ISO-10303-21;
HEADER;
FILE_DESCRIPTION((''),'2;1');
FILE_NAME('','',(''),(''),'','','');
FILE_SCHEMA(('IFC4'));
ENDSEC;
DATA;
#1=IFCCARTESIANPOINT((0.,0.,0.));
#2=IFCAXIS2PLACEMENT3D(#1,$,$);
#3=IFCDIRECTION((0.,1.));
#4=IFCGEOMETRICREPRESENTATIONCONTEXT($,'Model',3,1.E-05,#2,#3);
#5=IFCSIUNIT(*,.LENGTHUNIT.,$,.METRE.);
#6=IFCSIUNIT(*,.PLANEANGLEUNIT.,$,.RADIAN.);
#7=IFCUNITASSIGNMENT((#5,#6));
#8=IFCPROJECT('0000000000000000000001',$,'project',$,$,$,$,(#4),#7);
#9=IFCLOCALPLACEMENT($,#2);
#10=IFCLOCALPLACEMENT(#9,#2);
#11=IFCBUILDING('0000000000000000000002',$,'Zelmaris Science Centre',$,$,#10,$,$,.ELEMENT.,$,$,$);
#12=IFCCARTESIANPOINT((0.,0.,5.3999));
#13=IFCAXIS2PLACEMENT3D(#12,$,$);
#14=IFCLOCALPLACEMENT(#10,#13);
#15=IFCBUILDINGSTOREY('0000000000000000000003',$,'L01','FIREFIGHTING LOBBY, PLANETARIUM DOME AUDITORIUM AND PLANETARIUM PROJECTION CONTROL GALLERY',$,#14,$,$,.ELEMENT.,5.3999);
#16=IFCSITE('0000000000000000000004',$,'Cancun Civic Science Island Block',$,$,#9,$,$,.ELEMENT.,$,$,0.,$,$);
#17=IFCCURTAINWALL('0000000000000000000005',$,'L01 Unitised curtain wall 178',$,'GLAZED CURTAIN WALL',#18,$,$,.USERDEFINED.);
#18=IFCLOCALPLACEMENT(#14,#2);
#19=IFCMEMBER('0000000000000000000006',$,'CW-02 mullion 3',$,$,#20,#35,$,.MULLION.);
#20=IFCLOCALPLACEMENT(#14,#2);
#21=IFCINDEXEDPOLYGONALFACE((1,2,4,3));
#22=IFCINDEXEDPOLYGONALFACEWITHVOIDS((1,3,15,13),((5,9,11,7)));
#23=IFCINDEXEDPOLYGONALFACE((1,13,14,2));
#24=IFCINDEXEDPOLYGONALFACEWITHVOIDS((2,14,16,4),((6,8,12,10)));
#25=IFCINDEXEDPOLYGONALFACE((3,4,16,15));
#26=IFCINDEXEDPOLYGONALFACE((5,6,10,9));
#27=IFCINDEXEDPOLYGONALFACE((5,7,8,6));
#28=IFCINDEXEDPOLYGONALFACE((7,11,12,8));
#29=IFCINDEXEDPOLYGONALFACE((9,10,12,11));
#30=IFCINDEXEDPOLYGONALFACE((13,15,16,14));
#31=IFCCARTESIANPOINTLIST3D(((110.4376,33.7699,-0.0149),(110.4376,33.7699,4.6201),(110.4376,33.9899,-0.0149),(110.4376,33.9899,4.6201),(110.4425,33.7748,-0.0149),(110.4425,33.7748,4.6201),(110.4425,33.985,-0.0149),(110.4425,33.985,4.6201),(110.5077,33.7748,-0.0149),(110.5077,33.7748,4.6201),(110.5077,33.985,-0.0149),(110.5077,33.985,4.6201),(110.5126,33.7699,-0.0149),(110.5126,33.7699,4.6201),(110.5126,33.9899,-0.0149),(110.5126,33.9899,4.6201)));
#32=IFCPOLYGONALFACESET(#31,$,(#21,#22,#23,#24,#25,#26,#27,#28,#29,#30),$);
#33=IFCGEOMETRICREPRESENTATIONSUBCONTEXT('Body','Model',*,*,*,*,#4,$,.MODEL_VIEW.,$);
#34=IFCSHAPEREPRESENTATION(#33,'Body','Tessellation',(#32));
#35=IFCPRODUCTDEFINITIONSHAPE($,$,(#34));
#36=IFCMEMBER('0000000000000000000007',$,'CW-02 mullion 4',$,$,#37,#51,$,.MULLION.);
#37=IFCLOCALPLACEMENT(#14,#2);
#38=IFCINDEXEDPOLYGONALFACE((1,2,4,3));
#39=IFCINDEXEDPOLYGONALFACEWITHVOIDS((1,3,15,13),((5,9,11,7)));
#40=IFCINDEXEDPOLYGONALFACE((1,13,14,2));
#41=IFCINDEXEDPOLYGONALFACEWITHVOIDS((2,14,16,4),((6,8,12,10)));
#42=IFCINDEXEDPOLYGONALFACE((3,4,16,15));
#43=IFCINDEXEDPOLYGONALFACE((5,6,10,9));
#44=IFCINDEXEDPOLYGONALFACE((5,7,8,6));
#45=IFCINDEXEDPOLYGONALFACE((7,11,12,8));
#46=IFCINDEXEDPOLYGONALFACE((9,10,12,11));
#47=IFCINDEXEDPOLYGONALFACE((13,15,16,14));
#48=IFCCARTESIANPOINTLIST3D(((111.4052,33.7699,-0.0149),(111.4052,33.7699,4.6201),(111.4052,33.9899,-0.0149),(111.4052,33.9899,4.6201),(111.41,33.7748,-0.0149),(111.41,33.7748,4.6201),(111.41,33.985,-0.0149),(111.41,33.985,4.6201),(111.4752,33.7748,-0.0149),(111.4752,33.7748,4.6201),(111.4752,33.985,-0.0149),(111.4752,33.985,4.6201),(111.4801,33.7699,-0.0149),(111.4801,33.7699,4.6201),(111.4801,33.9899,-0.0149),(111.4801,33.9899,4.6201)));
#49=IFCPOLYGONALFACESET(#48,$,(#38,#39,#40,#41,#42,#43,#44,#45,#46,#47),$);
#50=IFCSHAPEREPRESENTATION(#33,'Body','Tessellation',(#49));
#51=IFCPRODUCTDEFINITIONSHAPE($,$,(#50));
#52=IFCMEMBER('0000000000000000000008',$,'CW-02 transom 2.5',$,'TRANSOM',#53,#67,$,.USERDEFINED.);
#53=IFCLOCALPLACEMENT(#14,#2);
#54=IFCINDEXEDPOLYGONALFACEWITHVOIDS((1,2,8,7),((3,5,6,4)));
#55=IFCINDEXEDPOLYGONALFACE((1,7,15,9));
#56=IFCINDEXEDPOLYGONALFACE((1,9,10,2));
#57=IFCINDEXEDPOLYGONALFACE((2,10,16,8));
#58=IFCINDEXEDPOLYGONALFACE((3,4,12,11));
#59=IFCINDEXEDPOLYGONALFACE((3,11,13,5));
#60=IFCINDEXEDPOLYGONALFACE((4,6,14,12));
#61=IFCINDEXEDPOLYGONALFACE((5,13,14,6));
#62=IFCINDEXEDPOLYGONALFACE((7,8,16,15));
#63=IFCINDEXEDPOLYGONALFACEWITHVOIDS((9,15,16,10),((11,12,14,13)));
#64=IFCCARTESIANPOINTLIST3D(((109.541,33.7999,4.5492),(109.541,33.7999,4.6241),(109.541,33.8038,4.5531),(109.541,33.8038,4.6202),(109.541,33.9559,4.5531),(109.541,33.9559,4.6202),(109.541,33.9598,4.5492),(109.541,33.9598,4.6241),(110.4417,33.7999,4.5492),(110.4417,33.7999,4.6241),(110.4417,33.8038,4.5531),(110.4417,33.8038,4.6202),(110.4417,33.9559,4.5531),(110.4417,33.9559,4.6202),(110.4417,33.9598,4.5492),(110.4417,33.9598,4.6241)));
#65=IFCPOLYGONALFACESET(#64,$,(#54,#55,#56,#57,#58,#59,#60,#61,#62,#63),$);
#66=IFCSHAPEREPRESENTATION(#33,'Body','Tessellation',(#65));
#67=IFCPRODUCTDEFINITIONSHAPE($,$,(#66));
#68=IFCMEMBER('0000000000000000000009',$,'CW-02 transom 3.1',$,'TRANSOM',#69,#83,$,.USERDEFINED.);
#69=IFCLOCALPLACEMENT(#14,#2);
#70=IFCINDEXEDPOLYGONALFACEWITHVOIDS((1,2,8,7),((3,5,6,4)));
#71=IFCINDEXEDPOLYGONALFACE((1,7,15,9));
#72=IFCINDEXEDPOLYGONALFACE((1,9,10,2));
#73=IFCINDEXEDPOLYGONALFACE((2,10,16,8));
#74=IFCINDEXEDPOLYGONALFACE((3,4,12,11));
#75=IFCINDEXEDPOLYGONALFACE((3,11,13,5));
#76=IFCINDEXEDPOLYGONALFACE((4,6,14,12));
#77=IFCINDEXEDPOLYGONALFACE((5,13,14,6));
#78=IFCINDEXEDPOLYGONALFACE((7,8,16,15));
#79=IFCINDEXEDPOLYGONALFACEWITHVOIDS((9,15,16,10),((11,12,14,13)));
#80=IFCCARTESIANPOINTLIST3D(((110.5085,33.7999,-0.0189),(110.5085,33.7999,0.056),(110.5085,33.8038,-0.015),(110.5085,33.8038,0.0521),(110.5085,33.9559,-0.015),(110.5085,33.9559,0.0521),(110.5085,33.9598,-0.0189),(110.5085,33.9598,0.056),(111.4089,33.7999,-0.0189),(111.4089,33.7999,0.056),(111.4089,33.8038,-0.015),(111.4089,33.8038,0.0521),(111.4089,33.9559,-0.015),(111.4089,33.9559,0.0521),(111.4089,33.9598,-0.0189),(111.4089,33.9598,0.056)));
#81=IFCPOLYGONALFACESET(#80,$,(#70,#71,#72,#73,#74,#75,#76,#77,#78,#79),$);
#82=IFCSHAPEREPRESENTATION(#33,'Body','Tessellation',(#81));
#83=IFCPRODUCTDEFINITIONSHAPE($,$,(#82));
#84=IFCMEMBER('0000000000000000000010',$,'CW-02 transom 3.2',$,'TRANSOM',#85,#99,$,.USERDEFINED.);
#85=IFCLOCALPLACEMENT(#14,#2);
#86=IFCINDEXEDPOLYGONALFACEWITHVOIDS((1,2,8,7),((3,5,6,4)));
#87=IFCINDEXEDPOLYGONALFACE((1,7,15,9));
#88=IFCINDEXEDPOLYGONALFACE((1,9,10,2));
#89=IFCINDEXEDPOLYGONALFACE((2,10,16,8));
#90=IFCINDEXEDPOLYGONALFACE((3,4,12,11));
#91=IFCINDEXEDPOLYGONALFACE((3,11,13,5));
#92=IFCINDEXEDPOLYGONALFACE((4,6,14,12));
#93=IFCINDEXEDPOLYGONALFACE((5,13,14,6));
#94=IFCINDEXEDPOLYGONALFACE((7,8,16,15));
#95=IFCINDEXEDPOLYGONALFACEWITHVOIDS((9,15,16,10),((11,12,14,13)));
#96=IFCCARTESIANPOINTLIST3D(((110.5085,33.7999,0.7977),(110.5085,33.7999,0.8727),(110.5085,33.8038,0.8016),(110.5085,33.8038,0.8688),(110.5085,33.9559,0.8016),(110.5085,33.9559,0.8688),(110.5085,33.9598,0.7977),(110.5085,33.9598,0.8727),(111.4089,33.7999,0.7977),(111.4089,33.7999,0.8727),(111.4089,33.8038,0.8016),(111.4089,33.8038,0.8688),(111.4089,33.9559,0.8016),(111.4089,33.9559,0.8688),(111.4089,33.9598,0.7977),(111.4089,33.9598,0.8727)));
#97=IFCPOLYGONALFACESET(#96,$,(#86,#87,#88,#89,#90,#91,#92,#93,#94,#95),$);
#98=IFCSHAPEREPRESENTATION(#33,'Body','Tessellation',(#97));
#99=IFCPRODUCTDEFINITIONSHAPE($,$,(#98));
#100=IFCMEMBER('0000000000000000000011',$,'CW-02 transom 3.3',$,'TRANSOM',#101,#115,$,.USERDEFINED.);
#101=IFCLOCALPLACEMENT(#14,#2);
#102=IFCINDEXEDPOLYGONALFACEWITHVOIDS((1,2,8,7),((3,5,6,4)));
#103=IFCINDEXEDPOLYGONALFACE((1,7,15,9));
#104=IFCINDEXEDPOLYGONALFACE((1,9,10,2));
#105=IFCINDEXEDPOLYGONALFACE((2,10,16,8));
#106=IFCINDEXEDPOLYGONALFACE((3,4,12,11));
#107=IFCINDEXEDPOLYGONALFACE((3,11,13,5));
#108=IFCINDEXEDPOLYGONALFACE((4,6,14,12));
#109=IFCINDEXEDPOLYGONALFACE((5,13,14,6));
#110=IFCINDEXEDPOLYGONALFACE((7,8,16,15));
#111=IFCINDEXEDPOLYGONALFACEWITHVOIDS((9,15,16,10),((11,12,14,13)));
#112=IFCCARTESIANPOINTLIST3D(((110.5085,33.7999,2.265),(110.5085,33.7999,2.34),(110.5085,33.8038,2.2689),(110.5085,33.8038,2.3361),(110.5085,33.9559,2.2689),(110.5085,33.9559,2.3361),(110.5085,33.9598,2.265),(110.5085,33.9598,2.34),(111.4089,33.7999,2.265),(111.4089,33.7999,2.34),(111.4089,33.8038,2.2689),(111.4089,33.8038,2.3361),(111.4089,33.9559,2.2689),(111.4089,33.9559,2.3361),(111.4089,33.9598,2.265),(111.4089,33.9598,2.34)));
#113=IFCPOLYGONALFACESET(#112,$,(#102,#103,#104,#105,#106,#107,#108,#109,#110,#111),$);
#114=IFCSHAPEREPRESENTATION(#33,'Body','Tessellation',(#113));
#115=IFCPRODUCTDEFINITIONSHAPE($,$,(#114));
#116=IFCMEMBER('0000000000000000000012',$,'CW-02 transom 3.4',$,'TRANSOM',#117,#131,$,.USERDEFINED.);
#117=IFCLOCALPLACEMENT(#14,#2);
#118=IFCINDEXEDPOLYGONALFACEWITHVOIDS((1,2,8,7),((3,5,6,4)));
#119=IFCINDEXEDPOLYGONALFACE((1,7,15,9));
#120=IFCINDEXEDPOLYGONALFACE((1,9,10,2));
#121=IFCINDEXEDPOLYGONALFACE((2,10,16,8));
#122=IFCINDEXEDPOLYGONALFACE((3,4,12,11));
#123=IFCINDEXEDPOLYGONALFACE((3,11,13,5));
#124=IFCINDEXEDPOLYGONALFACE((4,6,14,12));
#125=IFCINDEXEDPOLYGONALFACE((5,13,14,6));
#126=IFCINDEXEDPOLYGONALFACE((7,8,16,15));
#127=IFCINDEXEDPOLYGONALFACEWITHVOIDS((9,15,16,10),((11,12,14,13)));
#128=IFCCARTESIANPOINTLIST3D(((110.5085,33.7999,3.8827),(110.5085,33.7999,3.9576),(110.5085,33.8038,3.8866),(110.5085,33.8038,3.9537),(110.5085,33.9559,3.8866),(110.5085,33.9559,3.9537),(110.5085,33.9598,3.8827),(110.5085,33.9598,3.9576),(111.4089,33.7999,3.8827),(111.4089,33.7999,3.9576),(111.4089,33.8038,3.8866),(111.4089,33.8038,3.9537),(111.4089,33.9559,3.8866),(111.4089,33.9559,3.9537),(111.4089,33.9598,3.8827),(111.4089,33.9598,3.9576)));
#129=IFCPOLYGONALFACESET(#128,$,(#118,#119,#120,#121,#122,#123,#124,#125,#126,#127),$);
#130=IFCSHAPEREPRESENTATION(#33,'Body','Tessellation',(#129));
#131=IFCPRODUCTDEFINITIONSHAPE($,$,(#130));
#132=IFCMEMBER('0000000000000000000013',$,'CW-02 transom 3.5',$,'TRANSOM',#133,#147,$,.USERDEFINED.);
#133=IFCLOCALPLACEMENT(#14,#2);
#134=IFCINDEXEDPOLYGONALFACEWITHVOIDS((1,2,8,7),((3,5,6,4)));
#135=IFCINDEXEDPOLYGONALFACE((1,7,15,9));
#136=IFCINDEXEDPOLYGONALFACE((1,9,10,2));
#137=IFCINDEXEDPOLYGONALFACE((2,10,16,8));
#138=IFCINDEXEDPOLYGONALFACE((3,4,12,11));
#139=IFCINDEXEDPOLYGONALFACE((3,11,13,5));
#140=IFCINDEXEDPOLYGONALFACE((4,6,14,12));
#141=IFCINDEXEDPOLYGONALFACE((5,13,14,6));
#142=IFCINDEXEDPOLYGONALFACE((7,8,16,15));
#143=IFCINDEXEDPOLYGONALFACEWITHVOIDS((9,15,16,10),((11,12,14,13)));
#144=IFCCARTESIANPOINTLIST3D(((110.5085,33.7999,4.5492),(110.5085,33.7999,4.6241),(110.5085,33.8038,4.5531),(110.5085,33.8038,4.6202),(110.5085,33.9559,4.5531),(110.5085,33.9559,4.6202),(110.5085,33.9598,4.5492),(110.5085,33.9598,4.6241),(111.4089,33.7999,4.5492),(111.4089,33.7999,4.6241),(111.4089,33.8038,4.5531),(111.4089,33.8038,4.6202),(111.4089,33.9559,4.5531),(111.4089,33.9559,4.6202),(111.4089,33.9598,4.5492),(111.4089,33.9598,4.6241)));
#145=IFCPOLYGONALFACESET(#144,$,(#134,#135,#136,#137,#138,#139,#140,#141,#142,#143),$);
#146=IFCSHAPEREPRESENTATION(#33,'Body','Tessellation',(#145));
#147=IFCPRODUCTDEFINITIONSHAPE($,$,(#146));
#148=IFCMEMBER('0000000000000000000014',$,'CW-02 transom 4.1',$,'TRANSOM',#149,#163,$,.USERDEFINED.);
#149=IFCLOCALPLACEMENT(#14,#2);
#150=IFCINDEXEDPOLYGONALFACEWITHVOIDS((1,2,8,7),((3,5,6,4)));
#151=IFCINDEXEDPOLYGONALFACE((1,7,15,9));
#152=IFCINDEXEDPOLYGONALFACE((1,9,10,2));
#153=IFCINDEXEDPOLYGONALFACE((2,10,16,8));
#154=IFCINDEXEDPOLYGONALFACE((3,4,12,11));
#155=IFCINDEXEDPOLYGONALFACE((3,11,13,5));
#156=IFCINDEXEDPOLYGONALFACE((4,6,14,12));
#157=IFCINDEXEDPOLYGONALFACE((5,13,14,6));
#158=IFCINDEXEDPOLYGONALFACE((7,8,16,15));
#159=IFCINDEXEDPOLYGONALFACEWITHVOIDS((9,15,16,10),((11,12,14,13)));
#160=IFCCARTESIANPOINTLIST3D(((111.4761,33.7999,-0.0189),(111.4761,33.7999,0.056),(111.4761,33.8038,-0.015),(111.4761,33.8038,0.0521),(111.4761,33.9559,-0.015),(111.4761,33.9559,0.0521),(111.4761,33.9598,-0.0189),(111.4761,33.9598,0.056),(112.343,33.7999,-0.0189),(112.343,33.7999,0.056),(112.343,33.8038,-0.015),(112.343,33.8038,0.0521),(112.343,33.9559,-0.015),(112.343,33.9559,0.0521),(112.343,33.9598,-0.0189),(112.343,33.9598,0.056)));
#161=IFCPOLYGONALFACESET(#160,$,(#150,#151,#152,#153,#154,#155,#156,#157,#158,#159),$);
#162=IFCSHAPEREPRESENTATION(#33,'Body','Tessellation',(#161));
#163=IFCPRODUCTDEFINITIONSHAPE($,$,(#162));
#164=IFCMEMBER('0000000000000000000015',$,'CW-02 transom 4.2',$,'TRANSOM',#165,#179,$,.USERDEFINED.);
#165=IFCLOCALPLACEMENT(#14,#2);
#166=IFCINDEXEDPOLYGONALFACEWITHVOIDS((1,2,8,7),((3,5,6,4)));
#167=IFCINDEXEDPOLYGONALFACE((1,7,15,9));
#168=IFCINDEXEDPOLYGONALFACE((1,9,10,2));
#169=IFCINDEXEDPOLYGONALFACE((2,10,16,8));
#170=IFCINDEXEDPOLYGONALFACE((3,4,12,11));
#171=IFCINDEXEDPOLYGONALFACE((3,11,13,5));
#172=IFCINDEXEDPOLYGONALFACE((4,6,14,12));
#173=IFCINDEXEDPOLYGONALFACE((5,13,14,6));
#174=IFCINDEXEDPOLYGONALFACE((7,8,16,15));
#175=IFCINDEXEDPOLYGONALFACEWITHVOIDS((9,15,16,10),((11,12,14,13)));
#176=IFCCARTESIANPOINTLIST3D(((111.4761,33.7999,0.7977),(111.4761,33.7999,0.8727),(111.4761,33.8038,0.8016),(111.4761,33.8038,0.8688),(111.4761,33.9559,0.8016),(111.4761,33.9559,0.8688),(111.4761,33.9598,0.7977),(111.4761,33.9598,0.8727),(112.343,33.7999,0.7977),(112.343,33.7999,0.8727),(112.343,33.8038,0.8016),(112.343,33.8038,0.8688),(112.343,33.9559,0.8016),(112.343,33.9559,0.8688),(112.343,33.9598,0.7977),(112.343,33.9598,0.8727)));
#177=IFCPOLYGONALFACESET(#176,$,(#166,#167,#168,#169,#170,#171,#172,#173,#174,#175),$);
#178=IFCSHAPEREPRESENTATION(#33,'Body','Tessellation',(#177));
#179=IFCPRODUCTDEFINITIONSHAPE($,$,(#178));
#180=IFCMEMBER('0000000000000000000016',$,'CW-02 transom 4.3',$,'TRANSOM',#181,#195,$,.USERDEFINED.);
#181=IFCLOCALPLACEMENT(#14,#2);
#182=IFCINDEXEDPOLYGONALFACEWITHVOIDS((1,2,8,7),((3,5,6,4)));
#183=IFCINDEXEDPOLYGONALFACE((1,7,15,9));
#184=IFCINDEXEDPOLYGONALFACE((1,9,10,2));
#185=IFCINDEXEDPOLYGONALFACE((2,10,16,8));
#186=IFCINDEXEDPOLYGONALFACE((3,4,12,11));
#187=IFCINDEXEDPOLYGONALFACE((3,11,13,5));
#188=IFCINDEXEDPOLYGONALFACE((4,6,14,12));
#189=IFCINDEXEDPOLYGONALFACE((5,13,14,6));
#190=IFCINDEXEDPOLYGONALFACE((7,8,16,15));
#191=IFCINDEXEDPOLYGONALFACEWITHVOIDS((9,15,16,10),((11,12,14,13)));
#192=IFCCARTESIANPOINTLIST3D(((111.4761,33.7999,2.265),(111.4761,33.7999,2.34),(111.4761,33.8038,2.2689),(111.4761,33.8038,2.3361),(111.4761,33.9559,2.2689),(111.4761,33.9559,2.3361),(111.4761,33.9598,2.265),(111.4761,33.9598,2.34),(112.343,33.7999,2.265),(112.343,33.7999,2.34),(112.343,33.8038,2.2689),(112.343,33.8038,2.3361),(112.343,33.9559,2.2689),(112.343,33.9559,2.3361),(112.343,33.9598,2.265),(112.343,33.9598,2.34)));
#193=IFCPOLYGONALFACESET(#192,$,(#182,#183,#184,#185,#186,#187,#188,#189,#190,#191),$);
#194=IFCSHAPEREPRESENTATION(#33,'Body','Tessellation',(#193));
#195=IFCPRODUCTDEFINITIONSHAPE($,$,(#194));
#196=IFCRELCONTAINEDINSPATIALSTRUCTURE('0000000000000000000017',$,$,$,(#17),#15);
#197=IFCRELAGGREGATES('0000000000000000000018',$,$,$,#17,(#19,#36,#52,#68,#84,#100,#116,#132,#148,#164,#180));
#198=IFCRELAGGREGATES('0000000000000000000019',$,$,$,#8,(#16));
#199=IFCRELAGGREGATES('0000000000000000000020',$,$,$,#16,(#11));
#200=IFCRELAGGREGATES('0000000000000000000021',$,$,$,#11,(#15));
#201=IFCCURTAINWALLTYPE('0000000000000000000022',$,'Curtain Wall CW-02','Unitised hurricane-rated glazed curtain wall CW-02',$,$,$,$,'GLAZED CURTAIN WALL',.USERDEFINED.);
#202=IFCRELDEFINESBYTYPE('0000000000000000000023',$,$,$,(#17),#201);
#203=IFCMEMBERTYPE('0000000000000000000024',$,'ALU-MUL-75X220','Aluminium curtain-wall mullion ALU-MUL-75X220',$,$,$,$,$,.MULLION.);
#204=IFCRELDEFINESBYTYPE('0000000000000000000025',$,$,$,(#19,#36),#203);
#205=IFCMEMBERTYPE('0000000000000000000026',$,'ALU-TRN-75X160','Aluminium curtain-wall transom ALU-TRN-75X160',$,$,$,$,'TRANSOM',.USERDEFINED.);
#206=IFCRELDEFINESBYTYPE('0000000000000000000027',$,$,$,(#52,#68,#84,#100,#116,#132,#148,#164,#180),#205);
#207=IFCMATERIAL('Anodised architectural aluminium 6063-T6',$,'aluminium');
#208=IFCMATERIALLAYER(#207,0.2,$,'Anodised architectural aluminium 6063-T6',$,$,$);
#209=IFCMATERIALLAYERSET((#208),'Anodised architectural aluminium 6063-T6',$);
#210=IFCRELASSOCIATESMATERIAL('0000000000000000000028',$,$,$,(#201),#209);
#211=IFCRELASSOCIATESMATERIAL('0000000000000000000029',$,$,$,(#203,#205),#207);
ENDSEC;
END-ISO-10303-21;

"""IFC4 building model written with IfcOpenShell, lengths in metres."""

from ifc_helpers import new_model, si_unit, direction, frame, origin, origin_2d, place, context, subcontext, project, spatial, hollow_rectangle, extrude, material, layer, layer_set, material_profile, profile_set, type_object, element, aggregate, save


model = new_model("IFC4")

# Units and contexts
model_context = context("Model", 3, precision=1e-05, world=origin(), true_north=direction((0.0, 1.0)))
body_context = subcontext(model_context, "Body", "Model", "MODEL_VIEW")
ifc_project = project(units=[si_unit("LENGTHUNIT", "METRE"), si_unit("PLANEANGLEUNIT", "RADIAN")], contexts=[model_context])

# Site, building, storey
site_placement = place(None, origin())
site = spatial("IfcSite", under=ifc_project, at=site_placement, Name="Cancun Civic Science Island Block", CompositionType="ELEMENT", RefElevation=0.0)
building_placement = place(site_placement, origin())
building = spatial("IfcBuilding", under=site, at=building_placement, Name="Zelmaris Science Centre", CompositionType="ELEMENT")
storey_placement = place(building_placement, frame((0.0, 0.0, 5.3999)))
storey = spatial("IfcBuildingStorey", under=building, at=storey_placement, Name="L01", Description="FIREFIGHTING LOBBY, PLANETARIUM DOME AUDITORIUM AND PLANETARIUM PROJECTION CONTROL GALLERY", CompositionType="ELEMENT", Elevation=5.3999)

# Curtain wall, members
ifc_material_1 = material(Name="Anodised architectural aluminium 6063-T6", Category="aluminium")
ifc_layer_1 = layer(ifc_material_1, 0.2, Name="Anodised architectural aluminium 6063-T6")
ifc_layer_set_1 = layer_set([ifc_layer_1], Name="Anodised architectural aluminium 6063-T6")
curtain_wall_type = type_object("IfcCurtainWallType", Name="Curtain Wall CW-02", Description="Unitised hurricane-rated glazed curtain wall CW-02", ElementType="GLAZED CURTAIN WALL", PredefinedType="USERDEFINED", material=ifc_layer_set_1)
curtain_wall_placement = place(storey_placement, origin())
curtain_wall = element("IfcCurtainWall", 1, at=curtain_wall_placement, inside=storey, type_object=curtain_wall_type, Name="L01 Unitised curtain wall 178", ObjectType="GLAZED CURTAIN WALL", PredefinedType="USERDEFINED")
ifc_material_profile_1 = material_profile(ifc_material_1, hollow_rectangle(XDim=0.075, YDim=0.22, WallThickness=0.0049, at=origin_2d()), Name="ALU-MUL-75X220")
ifc_profile_set_1 = profile_set([ifc_material_profile_1], Name="Anodised architectural aluminium 6063-T6")
member_type_1 = type_object("IfcMemberType", Name="ALU-MUL-75X220", Description="Aluminium curtain-wall mullion ALU-MUL-75X220", PredefinedType="MULLION", material=ifc_profile_set_1)
member_1_placement = place(storey_placement, frame((110.4751, 33.8799, -0.0149), z_axis=(0.0, 0.0, 1.0), x_axis=(1.0, 0.000007, 0.0)))
member_1 = element("IfcMember", 2, at=member_1_placement, type_object=member_type_1, Name="CW-02 mullion 3", PredefinedType="MULLION", context=body_context, shape_type="SweptSolid", body=[
    extrude(hollow_rectangle(XDim=0.075, YDim=0.22, WallThickness=0.0049, at=origin_2d()), origin(), (0.0, 0.0, 1.0), 4.635),
])
member_2_placement = place(storey_placement, frame((111.4426, 33.8799, -0.0149), z_axis=(0.0, 0.0, 1.0), x_axis=(1.0, 0.000007, 0.0)))
member_2 = element("IfcMember", 3, at=member_2_placement, type_object=member_type_1, Name="CW-02 mullion 4", PredefinedType="MULLION", context=body_context, shape_type="SweptSolid", body=[
    extrude(hollow_rectangle(XDim=0.075, YDim=0.22, WallThickness=0.0049, at=origin_2d()), origin(), (0.0, 0.0, 1.0), 4.635),
])
ifc_material_profile_2 = material_profile(ifc_material_1, hollow_rectangle(XDim=0.075, YDim=0.1599, WallThickness=0.0039, at=origin_2d()), Name="ALU-TRN-75X160")
ifc_profile_set_2 = profile_set([ifc_material_profile_2], Name="Anodised architectural aluminium 6063-T6")
member_type_2 = type_object("IfcMemberType", Name="ALU-TRN-75X160", Description="Aluminium curtain-wall transom ALU-TRN-75X160", ElementType="TRANSOM", PredefinedType="USERDEFINED", material=ifc_profile_set_2)
member_3_placement = place(storey_placement, frame((109.541, 33.8799, 4.5867), z_axis=(1.0, 0.0, 0.0), x_axis=(0.0, 0.0, 1.0)))
member_3 = element("IfcMember", 4, at=member_3_placement, type_object=member_type_2, Name="CW-02 transom 2.5", ObjectType="TRANSOM", PredefinedType="USERDEFINED", context=body_context, shape_type="SweptSolid", body=[
    extrude(hollow_rectangle(XDim=0.075, YDim=0.1599, WallThickness=0.0039, at=origin_2d()), origin(), (0.0, 0.0, 1.0), 0.9006),
])
member_4_placement = place(storey_placement, frame((110.5085, 33.8799, 0.0186), z_axis=(1.0, 0.0, 0.0), x_axis=(0.0, 0.0, 1.0)))
member_4 = element("IfcMember", 5, at=member_4_placement, type_object=member_type_2, Name="CW-02 transom 3.1", ObjectType="TRANSOM", PredefinedType="USERDEFINED", context=body_context, shape_type="SweptSolid", body=[
    extrude(hollow_rectangle(XDim=0.075, YDim=0.1599, WallThickness=0.0039, at=origin_2d()), origin(), (0.0, 0.0, 1.0), 0.9004),
])
member_5_placement = place(storey_placement, frame((110.5085, 33.8799, 0.8352), z_axis=(1.0, 0.0, 0.0), x_axis=(0.0, 0.0, 1.0)))
member_5 = element("IfcMember", 6, at=member_5_placement, type_object=member_type_2, Name="CW-02 transom 3.2", ObjectType="TRANSOM", PredefinedType="USERDEFINED", context=body_context, shape_type="SweptSolid", body=[
    extrude(hollow_rectangle(XDim=0.075, YDim=0.1599, WallThickness=0.0039, at=origin_2d()), origin(), (0.0, 0.0, 1.0), 0.9004),
])
member_6_placement = place(storey_placement, frame((110.5085, 33.8799, 2.3025), z_axis=(1.0, 0.0, 0.0), x_axis=(0.0, 0.0, 1.0)))
member_6 = element("IfcMember", 7, at=member_6_placement, type_object=member_type_2, Name="CW-02 transom 3.3", ObjectType="TRANSOM", PredefinedType="USERDEFINED", context=body_context, shape_type="SweptSolid", body=[
    extrude(hollow_rectangle(XDim=0.075, YDim=0.1599, WallThickness=0.0039, at=origin_2d()), origin(), (0.0, 0.0, 1.0), 0.9004),
])
member_7_placement = place(storey_placement, frame((110.5085, 33.8799, 3.9202), z_axis=(1.0, 0.0, 0.0), x_axis=(0.0, 0.0, 1.0)))
member_7 = element("IfcMember", 8, at=member_7_placement, type_object=member_type_2, Name="CW-02 transom 3.4", ObjectType="TRANSOM", PredefinedType="USERDEFINED", context=body_context, shape_type="SweptSolid", body=[
    extrude(hollow_rectangle(XDim=0.075, YDim=0.1599, WallThickness=0.0039, at=origin_2d()), origin(), (0.0, 0.0, 1.0), 0.9004),
])
member_8_placement = place(storey_placement, frame((110.5085, 33.8799, 4.5867), z_axis=(1.0, 0.0, 0.0), x_axis=(0.0, 0.0, 1.0)))
member_8 = element("IfcMember", 9, at=member_8_placement, type_object=member_type_2, Name="CW-02 transom 3.5", ObjectType="TRANSOM", PredefinedType="USERDEFINED", context=body_context, shape_type="SweptSolid", body=[
    extrude(hollow_rectangle(XDim=0.075, YDim=0.1599, WallThickness=0.0039, at=origin_2d()), origin(), (0.0, 0.0, 1.0), 0.9004),
])
member_9_placement = place(storey_placement, frame((111.4761, 33.8799, 0.0186), z_axis=(1.0, 0.0, 0.0), x_axis=(0.0, 0.0, 1.0)))
member_9 = element("IfcMember", 10, at=member_9_placement, type_object=member_type_2, Name="CW-02 transom 4.1", ObjectType="TRANSOM", PredefinedType="USERDEFINED", context=body_context, shape_type="SweptSolid", body=[
    extrude(hollow_rectangle(XDim=0.075, YDim=0.1599, WallThickness=0.0039, at=origin_2d()), origin(), (0.0, 0.0, 1.0), 0.8669),
])
member_10_placement = place(storey_placement, frame((111.4761, 33.8799, 0.8352), z_axis=(1.0, 0.0, 0.0), x_axis=(0.0, 0.0, 1.0)))
member_10 = element("IfcMember", 11, at=member_10_placement, type_object=member_type_2, Name="CW-02 transom 4.2", ObjectType="TRANSOM", PredefinedType="USERDEFINED", context=body_context, shape_type="SweptSolid", body=[
    extrude(hollow_rectangle(XDim=0.075, YDim=0.1599, WallThickness=0.0039, at=origin_2d()), origin(), (0.0, 0.0, 1.0), 0.8669),
])
member_11_placement = place(storey_placement, frame((111.4761, 33.8799, 2.3025), z_axis=(1.0, 0.0, 0.0), x_axis=(0.0, 0.0, 1.0)))
member_11 = element("IfcMember", 12, at=member_11_placement, type_object=member_type_2, Name="CW-02 transom 4.3", ObjectType="TRANSOM", PredefinedType="USERDEFINED", context=body_context, shape_type="SweptSolid", body=[
    extrude(hollow_rectangle(XDim=0.075, YDim=0.1599, WallThickness=0.0039, at=origin_2d()), origin(), (0.0, 0.0, 1.0), 0.8669),
])
aggregate(curtain_wall, [member_1, member_2, member_3, member_4, member_5, member_6, member_7, member_8, member_9, member_10, member_11])

save(model, "model.ifc")
